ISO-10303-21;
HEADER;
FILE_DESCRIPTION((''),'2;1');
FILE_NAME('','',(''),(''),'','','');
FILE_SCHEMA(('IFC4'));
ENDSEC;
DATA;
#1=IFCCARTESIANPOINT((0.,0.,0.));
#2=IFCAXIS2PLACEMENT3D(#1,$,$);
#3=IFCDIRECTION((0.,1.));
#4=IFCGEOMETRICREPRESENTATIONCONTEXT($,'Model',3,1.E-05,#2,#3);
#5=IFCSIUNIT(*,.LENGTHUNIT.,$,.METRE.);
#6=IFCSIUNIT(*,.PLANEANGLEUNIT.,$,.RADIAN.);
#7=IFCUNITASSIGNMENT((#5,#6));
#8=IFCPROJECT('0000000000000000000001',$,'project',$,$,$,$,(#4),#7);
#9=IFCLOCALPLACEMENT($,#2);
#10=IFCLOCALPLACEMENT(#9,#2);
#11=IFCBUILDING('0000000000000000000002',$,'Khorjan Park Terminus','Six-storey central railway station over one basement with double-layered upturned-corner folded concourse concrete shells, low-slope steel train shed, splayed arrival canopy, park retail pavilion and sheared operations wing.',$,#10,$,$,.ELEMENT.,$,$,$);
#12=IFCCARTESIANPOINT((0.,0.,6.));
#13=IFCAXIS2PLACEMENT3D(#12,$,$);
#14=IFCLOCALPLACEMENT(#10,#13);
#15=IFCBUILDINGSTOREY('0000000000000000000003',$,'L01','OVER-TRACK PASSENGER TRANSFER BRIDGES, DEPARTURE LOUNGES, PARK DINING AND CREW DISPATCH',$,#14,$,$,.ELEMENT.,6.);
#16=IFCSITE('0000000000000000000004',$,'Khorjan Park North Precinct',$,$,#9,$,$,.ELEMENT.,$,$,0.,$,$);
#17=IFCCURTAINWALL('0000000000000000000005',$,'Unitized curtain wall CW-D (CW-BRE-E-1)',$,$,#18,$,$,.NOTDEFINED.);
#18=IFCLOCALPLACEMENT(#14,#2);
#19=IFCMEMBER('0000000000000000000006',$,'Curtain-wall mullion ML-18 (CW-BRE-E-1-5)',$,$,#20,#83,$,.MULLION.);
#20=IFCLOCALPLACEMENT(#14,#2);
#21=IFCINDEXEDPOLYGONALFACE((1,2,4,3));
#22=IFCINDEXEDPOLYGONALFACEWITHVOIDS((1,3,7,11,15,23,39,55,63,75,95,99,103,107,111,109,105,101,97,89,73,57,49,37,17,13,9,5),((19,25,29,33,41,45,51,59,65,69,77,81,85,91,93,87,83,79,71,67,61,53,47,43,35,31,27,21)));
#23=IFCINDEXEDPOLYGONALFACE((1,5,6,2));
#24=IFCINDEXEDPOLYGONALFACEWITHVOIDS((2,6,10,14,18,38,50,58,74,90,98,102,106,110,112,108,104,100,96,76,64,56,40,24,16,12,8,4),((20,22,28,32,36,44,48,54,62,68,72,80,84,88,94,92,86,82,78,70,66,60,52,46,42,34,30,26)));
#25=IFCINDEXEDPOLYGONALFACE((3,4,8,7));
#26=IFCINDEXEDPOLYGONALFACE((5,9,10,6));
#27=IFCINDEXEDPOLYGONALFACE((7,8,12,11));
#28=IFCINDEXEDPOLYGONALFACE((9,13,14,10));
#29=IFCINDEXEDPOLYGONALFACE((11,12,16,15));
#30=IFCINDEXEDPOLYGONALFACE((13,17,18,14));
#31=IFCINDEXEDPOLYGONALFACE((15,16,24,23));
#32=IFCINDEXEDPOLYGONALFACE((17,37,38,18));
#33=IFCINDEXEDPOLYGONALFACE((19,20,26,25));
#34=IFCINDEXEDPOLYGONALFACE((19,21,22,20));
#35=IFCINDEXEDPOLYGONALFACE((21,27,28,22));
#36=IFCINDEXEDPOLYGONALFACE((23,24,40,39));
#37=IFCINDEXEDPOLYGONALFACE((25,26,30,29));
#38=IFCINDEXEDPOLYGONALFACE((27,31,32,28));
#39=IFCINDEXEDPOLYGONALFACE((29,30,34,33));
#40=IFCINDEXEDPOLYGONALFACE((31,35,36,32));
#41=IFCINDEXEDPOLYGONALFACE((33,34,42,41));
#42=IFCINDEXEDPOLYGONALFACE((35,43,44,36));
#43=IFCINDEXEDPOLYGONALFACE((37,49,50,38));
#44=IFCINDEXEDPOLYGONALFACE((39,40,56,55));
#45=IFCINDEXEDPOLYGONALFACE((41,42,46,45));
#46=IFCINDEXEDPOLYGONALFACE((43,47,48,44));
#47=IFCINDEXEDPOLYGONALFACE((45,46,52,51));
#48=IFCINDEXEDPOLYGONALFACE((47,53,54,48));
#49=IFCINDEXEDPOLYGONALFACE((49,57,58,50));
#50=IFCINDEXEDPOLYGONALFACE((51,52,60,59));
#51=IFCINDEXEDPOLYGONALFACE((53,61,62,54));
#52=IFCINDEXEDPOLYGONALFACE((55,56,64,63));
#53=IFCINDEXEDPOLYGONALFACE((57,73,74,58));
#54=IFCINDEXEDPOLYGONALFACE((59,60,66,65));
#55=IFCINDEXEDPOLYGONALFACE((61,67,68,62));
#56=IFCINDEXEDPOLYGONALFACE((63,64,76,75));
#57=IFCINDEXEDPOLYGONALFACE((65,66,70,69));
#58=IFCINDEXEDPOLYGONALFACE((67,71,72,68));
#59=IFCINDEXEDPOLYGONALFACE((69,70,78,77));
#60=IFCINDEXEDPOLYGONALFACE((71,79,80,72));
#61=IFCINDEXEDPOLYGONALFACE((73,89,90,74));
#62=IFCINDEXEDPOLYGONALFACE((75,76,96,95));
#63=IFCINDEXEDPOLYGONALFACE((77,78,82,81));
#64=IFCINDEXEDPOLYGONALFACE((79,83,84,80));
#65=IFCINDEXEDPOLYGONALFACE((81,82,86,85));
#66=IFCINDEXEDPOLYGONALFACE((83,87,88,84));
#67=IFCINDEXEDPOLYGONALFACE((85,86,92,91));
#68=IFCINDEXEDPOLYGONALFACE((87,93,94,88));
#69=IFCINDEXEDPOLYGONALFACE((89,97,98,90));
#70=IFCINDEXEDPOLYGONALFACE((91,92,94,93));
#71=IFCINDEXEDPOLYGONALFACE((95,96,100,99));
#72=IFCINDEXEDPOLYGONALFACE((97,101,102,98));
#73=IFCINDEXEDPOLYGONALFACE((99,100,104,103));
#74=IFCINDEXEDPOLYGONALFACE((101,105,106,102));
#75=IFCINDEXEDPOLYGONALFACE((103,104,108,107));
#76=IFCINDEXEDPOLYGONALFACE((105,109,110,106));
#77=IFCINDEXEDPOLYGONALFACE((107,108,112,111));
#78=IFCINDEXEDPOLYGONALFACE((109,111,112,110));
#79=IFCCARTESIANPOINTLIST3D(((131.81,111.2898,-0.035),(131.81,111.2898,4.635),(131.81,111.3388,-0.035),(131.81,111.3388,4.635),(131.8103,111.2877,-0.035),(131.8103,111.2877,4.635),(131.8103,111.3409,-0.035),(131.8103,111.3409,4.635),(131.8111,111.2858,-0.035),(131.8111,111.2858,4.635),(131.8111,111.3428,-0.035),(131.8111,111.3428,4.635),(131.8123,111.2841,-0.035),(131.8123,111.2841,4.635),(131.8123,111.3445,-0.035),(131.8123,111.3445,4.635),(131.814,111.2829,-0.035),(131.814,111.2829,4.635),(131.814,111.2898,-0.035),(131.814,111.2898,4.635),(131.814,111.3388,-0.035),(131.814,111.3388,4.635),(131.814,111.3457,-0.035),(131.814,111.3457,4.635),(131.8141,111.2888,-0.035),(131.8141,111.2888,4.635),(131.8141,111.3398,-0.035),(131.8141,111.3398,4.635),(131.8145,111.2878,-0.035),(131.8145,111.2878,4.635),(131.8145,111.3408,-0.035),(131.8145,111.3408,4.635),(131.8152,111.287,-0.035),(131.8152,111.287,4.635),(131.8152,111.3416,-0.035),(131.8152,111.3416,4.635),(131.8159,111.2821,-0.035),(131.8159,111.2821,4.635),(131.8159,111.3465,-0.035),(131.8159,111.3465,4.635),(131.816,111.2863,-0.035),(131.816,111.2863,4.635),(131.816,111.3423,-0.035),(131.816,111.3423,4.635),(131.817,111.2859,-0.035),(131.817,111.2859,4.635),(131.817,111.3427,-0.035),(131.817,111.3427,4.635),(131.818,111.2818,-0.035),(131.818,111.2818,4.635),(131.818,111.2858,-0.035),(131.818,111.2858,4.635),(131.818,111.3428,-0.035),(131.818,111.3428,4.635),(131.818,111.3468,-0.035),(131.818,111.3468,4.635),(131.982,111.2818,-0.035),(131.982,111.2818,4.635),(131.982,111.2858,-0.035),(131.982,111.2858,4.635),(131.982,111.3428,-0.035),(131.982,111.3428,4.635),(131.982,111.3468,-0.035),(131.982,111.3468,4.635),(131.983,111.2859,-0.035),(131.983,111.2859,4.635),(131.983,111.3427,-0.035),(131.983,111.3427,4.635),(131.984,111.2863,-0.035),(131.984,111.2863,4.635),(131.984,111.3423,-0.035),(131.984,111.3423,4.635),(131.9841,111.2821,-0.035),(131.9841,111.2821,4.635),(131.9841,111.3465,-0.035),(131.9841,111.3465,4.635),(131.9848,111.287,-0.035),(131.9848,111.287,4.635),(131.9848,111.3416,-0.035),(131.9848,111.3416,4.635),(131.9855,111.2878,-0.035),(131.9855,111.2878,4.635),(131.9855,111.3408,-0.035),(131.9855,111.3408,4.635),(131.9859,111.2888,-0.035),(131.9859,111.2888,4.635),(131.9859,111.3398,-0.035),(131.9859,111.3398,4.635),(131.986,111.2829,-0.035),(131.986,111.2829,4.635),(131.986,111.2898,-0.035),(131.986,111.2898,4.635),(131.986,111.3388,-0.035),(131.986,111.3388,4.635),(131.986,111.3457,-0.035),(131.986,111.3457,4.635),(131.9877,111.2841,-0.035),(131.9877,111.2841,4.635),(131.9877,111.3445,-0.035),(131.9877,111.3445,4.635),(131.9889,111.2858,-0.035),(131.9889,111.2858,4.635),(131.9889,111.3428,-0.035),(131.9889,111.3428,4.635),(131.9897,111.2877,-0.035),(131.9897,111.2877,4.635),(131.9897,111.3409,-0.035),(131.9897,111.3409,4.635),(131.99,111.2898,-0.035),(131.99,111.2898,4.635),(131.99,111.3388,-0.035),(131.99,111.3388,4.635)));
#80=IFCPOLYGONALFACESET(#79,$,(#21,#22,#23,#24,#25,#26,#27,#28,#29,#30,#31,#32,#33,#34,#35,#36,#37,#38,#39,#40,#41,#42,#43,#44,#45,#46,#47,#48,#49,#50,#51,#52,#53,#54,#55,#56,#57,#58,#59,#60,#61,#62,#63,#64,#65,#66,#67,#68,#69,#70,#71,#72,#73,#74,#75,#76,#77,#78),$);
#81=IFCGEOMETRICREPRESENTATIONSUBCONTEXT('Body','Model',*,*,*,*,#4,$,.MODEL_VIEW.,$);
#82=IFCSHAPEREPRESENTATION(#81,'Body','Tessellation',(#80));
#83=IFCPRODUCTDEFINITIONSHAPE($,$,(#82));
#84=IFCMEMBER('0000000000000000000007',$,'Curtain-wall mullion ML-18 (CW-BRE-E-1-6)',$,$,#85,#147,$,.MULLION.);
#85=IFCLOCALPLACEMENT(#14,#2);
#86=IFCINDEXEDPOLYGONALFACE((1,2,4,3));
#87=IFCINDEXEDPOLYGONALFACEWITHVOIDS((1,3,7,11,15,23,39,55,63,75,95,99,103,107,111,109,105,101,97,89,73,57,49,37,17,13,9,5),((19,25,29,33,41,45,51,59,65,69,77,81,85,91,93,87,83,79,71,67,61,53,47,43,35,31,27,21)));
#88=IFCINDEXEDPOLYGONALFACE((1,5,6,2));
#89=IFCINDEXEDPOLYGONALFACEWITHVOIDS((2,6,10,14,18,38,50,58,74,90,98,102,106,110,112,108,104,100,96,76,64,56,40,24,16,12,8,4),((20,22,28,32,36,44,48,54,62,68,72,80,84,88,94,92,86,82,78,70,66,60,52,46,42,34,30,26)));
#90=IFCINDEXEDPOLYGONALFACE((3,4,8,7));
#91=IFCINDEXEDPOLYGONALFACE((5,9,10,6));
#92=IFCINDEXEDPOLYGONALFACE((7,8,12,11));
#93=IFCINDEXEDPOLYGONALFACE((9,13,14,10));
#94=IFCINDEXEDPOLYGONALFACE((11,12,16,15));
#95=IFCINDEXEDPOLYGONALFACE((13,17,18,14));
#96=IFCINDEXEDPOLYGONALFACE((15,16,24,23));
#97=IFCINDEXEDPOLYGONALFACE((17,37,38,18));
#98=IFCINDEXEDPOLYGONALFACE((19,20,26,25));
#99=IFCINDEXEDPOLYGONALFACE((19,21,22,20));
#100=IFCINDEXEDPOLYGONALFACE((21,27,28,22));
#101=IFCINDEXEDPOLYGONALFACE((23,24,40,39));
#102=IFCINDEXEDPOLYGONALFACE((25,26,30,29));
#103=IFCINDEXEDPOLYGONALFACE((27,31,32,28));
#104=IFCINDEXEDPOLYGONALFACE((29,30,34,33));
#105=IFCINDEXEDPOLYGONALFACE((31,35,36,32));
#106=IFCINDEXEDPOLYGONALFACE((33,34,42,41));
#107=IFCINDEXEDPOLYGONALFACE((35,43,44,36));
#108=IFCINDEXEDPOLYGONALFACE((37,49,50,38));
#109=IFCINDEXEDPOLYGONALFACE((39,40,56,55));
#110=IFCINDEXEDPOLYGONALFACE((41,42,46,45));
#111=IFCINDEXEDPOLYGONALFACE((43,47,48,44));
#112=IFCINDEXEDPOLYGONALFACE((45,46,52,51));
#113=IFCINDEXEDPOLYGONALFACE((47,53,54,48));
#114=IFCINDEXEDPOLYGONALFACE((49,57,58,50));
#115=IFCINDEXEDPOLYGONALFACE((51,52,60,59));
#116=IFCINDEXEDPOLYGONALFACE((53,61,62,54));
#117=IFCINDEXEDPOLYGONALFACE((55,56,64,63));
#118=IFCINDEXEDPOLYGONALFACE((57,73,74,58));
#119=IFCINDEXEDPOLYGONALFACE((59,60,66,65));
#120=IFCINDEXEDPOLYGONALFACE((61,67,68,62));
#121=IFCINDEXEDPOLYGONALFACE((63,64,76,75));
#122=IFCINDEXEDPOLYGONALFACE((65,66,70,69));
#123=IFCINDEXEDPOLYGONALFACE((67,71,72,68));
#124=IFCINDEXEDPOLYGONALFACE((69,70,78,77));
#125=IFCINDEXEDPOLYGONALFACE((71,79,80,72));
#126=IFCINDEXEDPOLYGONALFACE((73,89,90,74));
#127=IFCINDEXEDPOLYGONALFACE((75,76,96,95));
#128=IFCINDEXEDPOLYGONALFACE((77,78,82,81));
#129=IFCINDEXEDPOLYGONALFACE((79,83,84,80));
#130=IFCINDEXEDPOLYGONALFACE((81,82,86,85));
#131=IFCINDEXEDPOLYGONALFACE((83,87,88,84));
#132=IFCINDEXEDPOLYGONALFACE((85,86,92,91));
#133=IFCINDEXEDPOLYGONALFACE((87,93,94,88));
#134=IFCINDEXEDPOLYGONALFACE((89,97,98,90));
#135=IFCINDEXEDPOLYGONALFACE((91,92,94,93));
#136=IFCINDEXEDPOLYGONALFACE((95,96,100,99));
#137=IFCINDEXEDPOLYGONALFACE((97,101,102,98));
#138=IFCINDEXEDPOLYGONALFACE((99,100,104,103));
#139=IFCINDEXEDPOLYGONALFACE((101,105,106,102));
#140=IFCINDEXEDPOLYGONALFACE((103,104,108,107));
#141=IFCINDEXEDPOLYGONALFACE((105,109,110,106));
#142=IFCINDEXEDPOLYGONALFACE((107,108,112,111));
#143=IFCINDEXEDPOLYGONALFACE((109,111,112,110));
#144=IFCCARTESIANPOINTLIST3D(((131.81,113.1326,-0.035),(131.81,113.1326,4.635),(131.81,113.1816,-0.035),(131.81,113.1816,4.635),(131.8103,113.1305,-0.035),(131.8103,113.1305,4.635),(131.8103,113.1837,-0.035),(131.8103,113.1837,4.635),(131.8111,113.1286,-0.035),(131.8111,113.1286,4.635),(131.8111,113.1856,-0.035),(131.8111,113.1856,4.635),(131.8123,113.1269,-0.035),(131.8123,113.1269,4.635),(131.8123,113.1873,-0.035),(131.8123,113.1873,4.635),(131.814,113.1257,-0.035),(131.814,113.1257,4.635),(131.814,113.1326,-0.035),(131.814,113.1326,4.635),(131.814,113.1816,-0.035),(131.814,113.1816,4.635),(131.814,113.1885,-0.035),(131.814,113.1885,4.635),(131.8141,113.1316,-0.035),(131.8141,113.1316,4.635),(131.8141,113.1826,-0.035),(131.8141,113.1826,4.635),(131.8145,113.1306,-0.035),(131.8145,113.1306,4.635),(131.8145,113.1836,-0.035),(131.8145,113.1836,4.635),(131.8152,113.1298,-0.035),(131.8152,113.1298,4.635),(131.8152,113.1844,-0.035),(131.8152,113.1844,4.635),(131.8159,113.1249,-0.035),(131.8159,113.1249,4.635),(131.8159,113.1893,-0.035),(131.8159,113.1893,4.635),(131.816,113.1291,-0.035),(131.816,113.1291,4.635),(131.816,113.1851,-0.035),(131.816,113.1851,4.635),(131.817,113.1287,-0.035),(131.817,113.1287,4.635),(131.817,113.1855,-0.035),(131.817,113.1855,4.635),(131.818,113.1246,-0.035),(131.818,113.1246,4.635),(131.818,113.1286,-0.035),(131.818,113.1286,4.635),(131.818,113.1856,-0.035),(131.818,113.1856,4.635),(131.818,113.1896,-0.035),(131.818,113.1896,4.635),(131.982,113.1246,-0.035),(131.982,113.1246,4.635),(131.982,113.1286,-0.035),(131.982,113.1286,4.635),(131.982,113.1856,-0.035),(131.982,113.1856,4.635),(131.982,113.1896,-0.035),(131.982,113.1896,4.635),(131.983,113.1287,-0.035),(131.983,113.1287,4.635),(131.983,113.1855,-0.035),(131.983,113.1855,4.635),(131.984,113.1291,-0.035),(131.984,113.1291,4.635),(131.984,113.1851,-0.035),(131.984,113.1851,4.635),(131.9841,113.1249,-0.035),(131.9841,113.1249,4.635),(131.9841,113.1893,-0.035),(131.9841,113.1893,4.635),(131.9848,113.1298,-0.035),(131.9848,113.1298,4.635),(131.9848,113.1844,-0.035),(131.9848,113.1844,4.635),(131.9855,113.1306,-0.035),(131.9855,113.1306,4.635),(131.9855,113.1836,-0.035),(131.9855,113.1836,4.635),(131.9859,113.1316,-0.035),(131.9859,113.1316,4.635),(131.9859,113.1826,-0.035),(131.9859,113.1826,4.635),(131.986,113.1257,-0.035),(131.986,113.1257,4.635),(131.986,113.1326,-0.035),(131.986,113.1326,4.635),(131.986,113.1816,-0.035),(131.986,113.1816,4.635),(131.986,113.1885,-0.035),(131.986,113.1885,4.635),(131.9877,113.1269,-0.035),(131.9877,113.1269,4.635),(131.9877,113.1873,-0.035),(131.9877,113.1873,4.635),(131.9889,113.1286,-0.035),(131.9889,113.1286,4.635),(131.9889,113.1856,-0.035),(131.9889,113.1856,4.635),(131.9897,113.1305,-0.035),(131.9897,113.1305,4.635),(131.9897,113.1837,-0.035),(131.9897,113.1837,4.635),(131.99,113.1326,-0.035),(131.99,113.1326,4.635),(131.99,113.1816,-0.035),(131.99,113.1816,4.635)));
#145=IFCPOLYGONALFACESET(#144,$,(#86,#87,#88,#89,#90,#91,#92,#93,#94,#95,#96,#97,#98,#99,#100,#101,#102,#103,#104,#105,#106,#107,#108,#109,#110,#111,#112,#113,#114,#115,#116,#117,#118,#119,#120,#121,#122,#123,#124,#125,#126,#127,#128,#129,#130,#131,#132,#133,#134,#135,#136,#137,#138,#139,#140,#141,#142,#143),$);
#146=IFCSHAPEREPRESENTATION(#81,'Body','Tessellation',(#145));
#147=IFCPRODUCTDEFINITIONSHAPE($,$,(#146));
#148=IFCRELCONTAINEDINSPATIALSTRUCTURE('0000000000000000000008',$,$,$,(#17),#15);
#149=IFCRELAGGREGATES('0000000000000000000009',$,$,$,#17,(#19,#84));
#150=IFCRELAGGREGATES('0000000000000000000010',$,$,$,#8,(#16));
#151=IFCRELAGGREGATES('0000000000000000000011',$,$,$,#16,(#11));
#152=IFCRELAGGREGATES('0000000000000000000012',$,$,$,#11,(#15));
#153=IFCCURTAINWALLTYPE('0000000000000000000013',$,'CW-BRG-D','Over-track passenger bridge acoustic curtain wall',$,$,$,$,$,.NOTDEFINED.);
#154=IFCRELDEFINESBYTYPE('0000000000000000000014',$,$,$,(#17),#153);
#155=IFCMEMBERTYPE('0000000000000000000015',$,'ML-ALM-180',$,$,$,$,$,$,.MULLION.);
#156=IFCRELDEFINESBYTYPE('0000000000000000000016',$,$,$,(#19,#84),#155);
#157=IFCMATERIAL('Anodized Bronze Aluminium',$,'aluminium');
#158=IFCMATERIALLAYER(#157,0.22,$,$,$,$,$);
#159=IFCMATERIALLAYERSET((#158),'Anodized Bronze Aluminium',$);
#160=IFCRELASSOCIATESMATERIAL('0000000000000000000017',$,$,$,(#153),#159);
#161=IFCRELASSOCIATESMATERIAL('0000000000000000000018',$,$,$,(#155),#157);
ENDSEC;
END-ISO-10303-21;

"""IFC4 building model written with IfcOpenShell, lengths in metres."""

from ifc_helpers import new_model, si_unit, direction, frame, origin, origin_2d, place, context, subcontext, project, spatial, hollow_rectangle, extrude, material, layer, layer_set, material_profile, profile_set, type_object, element, aggregate, save


model = new_model("IFC4")

# Units and contexts
model_context = context("Model", 3, precision=1e-05, world=origin(), true_north=direction((0.0, 1.0)))
body_context = subcontext(model_context, "Body", "Model", "MODEL_VIEW")
ifc_project = project(units=[si_unit("LENGTHUNIT", "METRE"), si_unit("PLANEANGLEUNIT", "RADIAN")], contexts=[model_context])

# Site, building, storey
site_placement = place(None, origin())
site = spatial("IfcSite", under=ifc_project, at=site_placement, Name="Khorjan Park North Precinct", CompositionType="ELEMENT", RefElevation=0.0)
building_placement = place(site_placement, origin())
building = spatial("IfcBuilding", under=site, at=building_placement, Name="Khorjan Park Terminus", Description="Six-storey central railway station over one basement with double-layered upturned-corner folded concourse concrete shells, low-slope steel train shed, splayed arrival canopy, park retail pavilion and sheared operations wing.", CompositionType="ELEMENT")
storey_placement = place(building_placement, frame((0.0, 0.0, 6.0)))
storey = spatial("IfcBuildingStorey", under=building, at=storey_placement, Name="L01", Description="OVER-TRACK PASSENGER TRANSFER BRIDGES, DEPARTURE LOUNGES, PARK DINING AND CREW DISPATCH", CompositionType="ELEMENT", Elevation=6.0)

# Curtain wall, members
ifc_material_1 = material(Name="Anodized Bronze Aluminium", Category="aluminium")
ifc_layer_1 = layer(ifc_material_1, 0.22)
ifc_layer_set_1 = layer_set([ifc_layer_1], Name="Anodized Bronze Aluminium")
curtain_wall_type = type_object("IfcCurtainWallType", Name="CW-BRG-D", Description="Over-track passenger bridge acoustic curtain wall", PredefinedType="NOTDEFINED", material=ifc_layer_set_1)
curtain_wall_1_placement = place(storey_placement, origin())
curtain_wall_1 = element("IfcCurtainWall", 1, at=curtain_wall_1_placement, inside=storey, type_object=curtain_wall_type, Name="Unitized curtain wall CW-D (CW-BRE-E-1)", PredefinedType="NOTDEFINED")
ifc_material_profile_1 = material_profile(ifc_material_1, hollow_rectangle(XDim=0.065, YDim=0.18, WallThickness=0.004, InnerFilletRadius=0.004, OuterFilletRadius=0.008, at=origin_2d()), Name="ALM 65x180x4")
ifc_profile_set_1 = profile_set([ifc_material_profile_1], Name="Anodized Bronze Aluminium")
member_type_1 = type_object("IfcMemberType", Name="ML-ALM-180", PredefinedType="MULLION", material=ifc_profile_set_1)
member_1_placement = place(storey_placement, frame((131.9, 111.3143, -0.035), z_axis=(0.0, 0.0, 1.0), x_axis=(0.0, 1.0, 0.0)))
member_1 = element("IfcMember", 2, at=member_1_placement, type_object=member_type_1, Name="Curtain-wall mullion ML-18 (CW-BRE-E-1-5)", PredefinedType="MULLION", context=body_context, shape_type="SweptSolid", body=[
    extrude(hollow_rectangle(XDim=0.065, YDim=0.18, WallThickness=0.004, InnerFilletRadius=0.004, OuterFilletRadius=0.008, at=origin_2d()), origin(), (0.0, 0.0, 1.0), 4.67),
])
member_2_placement = place(storey_placement, frame((131.9, 113.1571, -0.035), z_axis=(0.0, 0.0, 1.0), x_axis=(0.0, 1.0, 0.0)))
member_2 = element("IfcMember", 3, at=member_2_placement, type_object=member_type_1, Name="Curtain-wall mullion ML-18 (CW-BRE-E-1-6)", PredefinedType="MULLION", context=body_context, shape_type="SweptSolid", body=[
    extrude(hollow_rectangle(XDim=0.065, YDim=0.18, WallThickness=0.004, InnerFilletRadius=0.004, OuterFilletRadius=0.008, at=origin_2d()), origin(), (0.0, 0.0, 1.0), 4.67),
])

aggregate(curtain_wall_1, [member_1, member_2])

save(model, "model.ifc")
